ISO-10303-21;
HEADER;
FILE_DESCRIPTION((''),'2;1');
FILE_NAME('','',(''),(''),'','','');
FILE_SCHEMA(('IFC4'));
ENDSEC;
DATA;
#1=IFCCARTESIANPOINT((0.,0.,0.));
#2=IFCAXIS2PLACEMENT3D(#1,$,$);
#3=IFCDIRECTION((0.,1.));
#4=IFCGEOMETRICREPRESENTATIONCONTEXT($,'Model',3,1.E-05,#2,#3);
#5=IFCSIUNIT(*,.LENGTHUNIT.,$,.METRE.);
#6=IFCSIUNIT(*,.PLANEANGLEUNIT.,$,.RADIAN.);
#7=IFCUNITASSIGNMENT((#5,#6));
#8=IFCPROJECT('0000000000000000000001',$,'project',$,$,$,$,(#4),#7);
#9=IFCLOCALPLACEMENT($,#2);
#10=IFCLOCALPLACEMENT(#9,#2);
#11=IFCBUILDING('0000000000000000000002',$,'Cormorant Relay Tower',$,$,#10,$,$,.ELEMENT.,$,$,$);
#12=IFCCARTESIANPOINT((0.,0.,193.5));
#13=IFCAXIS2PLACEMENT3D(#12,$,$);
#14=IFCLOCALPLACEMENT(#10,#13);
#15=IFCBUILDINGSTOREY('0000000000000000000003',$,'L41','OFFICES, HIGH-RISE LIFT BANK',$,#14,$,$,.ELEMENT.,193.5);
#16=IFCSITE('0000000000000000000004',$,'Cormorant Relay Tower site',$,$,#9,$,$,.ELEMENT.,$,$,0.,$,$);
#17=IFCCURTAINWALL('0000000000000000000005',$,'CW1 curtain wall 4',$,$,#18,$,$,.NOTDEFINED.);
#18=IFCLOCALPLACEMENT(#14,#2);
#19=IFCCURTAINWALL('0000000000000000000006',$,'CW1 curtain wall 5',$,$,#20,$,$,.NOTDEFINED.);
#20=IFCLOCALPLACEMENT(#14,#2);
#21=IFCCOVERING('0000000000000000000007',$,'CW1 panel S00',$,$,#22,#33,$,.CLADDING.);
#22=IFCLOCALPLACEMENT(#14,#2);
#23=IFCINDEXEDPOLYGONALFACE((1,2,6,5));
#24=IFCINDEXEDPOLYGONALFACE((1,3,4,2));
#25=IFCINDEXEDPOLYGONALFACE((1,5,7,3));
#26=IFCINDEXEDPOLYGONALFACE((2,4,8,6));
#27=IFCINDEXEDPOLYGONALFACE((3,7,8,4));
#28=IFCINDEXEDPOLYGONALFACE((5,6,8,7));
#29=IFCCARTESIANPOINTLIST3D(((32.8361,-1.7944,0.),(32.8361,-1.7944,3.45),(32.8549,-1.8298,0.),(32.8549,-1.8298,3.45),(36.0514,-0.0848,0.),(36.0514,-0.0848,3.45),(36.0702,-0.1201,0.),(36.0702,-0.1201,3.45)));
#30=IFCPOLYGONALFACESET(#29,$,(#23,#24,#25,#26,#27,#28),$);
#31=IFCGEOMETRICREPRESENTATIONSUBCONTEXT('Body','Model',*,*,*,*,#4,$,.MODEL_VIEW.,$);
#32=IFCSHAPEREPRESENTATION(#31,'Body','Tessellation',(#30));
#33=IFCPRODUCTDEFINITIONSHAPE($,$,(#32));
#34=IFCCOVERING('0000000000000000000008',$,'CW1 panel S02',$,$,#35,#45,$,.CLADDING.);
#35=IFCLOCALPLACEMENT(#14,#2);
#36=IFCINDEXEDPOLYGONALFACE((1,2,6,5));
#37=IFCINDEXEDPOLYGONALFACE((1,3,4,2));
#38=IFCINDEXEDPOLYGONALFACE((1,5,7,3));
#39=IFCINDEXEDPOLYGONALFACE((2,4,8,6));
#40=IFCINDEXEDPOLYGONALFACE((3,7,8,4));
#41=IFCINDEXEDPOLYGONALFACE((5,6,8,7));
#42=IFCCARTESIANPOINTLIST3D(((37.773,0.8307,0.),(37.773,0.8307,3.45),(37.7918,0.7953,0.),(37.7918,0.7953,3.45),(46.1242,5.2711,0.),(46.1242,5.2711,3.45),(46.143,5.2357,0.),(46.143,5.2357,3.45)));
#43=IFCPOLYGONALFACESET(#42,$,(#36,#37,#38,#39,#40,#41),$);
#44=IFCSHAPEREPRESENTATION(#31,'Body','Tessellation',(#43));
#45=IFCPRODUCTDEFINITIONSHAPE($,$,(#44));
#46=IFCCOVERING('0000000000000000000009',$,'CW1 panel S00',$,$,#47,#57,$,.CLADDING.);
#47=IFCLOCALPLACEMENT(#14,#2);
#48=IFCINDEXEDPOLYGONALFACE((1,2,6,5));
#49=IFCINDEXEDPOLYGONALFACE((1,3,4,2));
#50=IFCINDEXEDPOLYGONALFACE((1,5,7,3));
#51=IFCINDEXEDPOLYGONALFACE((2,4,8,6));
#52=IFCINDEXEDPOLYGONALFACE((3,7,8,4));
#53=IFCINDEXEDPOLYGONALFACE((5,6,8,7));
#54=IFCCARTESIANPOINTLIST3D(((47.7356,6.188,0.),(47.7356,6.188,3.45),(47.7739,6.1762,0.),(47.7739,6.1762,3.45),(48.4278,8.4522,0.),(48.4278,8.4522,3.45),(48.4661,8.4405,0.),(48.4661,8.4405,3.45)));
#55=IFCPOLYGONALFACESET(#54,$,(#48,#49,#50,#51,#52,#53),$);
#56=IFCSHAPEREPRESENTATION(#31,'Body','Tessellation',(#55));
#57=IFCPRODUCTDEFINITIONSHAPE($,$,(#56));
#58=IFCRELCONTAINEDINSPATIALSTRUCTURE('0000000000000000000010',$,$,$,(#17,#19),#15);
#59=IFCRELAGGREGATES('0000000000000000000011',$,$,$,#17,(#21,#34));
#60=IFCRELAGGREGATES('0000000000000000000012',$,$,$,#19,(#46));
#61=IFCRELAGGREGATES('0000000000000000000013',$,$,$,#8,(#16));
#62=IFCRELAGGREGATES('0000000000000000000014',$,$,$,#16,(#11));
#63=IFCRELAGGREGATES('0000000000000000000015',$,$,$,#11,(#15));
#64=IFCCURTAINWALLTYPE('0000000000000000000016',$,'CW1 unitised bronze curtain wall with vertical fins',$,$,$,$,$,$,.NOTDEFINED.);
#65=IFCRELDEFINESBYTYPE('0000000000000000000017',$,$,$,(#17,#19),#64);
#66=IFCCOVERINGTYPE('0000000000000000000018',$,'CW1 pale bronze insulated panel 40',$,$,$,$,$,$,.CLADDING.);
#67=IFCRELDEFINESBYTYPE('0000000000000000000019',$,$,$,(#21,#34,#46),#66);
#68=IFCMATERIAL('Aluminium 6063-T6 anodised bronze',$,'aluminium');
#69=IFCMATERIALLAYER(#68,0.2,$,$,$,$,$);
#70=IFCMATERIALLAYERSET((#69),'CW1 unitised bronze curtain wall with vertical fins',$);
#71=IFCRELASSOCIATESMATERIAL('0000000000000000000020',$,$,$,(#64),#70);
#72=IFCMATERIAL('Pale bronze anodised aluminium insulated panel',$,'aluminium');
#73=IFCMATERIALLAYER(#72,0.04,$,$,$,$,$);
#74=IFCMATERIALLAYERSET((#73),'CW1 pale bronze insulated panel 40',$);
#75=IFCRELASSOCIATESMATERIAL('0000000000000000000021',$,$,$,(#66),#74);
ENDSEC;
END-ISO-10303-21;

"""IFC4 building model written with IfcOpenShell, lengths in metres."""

from ifc_helpers import new_model, si_unit, direction, frame, origin, origin_2d, place, context, subcontext, project, spatial, rectangle, extrude, material, layer, layer_set, type_object, element, aggregate, save


model = new_model("IFC4")

# Units and contexts
model_context = context("Model", 3, precision=1e-05, world=origin(), true_north=direction((0.0, 1.0)))
body_context = subcontext(model_context, "Body", "Model", "MODEL_VIEW")
ifc_project = project(units=[si_unit("LENGTHUNIT", "METRE"), si_unit("PLANEANGLEUNIT", "RADIAN")], contexts=[model_context])

# Site, building, storey
site_placement = place(None, origin())
site = spatial("IfcSite", under=ifc_project, at=site_placement, Name="Cormorant Relay Tower site", CompositionType="ELEMENT", RefElevation=0.0)
building_placement = place(site_placement, origin())
building = spatial("IfcBuilding", under=site, at=building_placement, Name="Cormorant Relay Tower", CompositionType="ELEMENT")
storey_placement = place(building_placement, frame((0.0, 0.0, 193.5)))
storey = spatial("IfcBuildingStorey", under=building, at=storey_placement, Name="L41", Description="OFFICES, HIGH-RISE LIFT BANK", CompositionType="ELEMENT", Elevation=193.5)

# Shared definitions
ifc_material_1 = material(Name="Aluminium 6063-T6 anodised bronze", Category="aluminium")
ifc_layer_1 = layer(ifc_material_1, 0.2)
ifc_layer_set_1 = layer_set([ifc_layer_1], Name="CW1 unitised bronze curtain wall with vertical fins")
curtain_wall_type = type_object("IfcCurtainWallType", Name="CW1 unitised bronze curtain wall with vertical fins", PredefinedType="NOTDEFINED", material=ifc_layer_set_1)

# Curtain wall
curtain_wall_1_placement = place(storey_placement, origin())
curtain_wall_1 = element("IfcCurtainWall", 1, at=curtain_wall_1_placement, inside=storey, type_object=curtain_wall_type, Name="CW1 curtain wall 4", PredefinedType="NOTDEFINED")

# Curtain wall
curtain_wall_2_placement = place(storey_placement, origin())
curtain_wall_2 = element("IfcCurtainWall", 2, at=curtain_wall_2_placement, inside=storey, type_object=curtain_wall_type, Name="CW1 curtain wall 5", PredefinedType="NOTDEFINED")

# Shared definitions
ifc_material_2 = material(Name="Pale bronze anodised aluminium insulated panel", Category="aluminium")
ifc_layer_2 = layer(ifc_material_2, 0.04)
ifc_layer_set_2 = layer_set([ifc_layer_2], Name="CW1 pale bronze insulated panel 40")
covering_type = type_object("IfcCoveringType", Name="CW1 pale bronze insulated panel 40", PredefinedType="CLADDING", material=ifc_layer_set_2)

# Coverings
covering_1_placement = place(storey_placement, frame((34.4531, -0.9573, 0.0), z_axis=(0.0, 0.0, 1.0), x_axis=(0.882948, 0.469472, 0.0)))
covering_1 = element("IfcCovering", 3, at=covering_1_placement, type_object=covering_type, Name="CW1 panel S00", PredefinedType="CLADDING", context=body_context, shape_type="SweptSolid", body=[
    extrude(rectangle(XDim=3.6416, YDim=0.04, at=origin_2d()), origin(), (0.0, 0.0, 1.0), 3.45),
])
covering_2_placement = place(storey_placement, frame((41.958, 3.0332, 0.0), z_axis=(0.0, 0.0, 1.0), x_axis=(0.882948, 0.469472, 0.0)))
covering_2 = element("IfcCovering", 4, at=covering_2_placement, type_object=covering_type, Name="CW1 panel S02", PredefinedType="CLADDING", context=body_context, shape_type="SweptSolid", body=[
    extrude(rectangle(XDim=9.4583, YDim=0.04, at=origin_2d()), origin(), (0.0, 0.0, 1.0), 3.45),
])
aggregate(curtain_wall_1, [covering_1, covering_2])
covering_3_placement = place(storey_placement, frame((48.1008, 7.3142, 0.0), z_axis=(0.0, 0.0, 1.0), x_axis=(0.292372, 0.956305, 0.0)))
covering_3 = element("IfcCovering", 5, at=covering_3_placement, type_object=covering_type, Name="CW1 panel S00", PredefinedType="CLADDING", context=body_context, shape_type="SweptSolid", body=[
    extrude(rectangle(XDim=2.3677, YDim=0.04, at=origin_2d()), origin(), (0.0, 0.0, 1.0), 3.45),
])
aggregate(curtain_wall_2, [covering_3])

save(model, "model.ifc")
